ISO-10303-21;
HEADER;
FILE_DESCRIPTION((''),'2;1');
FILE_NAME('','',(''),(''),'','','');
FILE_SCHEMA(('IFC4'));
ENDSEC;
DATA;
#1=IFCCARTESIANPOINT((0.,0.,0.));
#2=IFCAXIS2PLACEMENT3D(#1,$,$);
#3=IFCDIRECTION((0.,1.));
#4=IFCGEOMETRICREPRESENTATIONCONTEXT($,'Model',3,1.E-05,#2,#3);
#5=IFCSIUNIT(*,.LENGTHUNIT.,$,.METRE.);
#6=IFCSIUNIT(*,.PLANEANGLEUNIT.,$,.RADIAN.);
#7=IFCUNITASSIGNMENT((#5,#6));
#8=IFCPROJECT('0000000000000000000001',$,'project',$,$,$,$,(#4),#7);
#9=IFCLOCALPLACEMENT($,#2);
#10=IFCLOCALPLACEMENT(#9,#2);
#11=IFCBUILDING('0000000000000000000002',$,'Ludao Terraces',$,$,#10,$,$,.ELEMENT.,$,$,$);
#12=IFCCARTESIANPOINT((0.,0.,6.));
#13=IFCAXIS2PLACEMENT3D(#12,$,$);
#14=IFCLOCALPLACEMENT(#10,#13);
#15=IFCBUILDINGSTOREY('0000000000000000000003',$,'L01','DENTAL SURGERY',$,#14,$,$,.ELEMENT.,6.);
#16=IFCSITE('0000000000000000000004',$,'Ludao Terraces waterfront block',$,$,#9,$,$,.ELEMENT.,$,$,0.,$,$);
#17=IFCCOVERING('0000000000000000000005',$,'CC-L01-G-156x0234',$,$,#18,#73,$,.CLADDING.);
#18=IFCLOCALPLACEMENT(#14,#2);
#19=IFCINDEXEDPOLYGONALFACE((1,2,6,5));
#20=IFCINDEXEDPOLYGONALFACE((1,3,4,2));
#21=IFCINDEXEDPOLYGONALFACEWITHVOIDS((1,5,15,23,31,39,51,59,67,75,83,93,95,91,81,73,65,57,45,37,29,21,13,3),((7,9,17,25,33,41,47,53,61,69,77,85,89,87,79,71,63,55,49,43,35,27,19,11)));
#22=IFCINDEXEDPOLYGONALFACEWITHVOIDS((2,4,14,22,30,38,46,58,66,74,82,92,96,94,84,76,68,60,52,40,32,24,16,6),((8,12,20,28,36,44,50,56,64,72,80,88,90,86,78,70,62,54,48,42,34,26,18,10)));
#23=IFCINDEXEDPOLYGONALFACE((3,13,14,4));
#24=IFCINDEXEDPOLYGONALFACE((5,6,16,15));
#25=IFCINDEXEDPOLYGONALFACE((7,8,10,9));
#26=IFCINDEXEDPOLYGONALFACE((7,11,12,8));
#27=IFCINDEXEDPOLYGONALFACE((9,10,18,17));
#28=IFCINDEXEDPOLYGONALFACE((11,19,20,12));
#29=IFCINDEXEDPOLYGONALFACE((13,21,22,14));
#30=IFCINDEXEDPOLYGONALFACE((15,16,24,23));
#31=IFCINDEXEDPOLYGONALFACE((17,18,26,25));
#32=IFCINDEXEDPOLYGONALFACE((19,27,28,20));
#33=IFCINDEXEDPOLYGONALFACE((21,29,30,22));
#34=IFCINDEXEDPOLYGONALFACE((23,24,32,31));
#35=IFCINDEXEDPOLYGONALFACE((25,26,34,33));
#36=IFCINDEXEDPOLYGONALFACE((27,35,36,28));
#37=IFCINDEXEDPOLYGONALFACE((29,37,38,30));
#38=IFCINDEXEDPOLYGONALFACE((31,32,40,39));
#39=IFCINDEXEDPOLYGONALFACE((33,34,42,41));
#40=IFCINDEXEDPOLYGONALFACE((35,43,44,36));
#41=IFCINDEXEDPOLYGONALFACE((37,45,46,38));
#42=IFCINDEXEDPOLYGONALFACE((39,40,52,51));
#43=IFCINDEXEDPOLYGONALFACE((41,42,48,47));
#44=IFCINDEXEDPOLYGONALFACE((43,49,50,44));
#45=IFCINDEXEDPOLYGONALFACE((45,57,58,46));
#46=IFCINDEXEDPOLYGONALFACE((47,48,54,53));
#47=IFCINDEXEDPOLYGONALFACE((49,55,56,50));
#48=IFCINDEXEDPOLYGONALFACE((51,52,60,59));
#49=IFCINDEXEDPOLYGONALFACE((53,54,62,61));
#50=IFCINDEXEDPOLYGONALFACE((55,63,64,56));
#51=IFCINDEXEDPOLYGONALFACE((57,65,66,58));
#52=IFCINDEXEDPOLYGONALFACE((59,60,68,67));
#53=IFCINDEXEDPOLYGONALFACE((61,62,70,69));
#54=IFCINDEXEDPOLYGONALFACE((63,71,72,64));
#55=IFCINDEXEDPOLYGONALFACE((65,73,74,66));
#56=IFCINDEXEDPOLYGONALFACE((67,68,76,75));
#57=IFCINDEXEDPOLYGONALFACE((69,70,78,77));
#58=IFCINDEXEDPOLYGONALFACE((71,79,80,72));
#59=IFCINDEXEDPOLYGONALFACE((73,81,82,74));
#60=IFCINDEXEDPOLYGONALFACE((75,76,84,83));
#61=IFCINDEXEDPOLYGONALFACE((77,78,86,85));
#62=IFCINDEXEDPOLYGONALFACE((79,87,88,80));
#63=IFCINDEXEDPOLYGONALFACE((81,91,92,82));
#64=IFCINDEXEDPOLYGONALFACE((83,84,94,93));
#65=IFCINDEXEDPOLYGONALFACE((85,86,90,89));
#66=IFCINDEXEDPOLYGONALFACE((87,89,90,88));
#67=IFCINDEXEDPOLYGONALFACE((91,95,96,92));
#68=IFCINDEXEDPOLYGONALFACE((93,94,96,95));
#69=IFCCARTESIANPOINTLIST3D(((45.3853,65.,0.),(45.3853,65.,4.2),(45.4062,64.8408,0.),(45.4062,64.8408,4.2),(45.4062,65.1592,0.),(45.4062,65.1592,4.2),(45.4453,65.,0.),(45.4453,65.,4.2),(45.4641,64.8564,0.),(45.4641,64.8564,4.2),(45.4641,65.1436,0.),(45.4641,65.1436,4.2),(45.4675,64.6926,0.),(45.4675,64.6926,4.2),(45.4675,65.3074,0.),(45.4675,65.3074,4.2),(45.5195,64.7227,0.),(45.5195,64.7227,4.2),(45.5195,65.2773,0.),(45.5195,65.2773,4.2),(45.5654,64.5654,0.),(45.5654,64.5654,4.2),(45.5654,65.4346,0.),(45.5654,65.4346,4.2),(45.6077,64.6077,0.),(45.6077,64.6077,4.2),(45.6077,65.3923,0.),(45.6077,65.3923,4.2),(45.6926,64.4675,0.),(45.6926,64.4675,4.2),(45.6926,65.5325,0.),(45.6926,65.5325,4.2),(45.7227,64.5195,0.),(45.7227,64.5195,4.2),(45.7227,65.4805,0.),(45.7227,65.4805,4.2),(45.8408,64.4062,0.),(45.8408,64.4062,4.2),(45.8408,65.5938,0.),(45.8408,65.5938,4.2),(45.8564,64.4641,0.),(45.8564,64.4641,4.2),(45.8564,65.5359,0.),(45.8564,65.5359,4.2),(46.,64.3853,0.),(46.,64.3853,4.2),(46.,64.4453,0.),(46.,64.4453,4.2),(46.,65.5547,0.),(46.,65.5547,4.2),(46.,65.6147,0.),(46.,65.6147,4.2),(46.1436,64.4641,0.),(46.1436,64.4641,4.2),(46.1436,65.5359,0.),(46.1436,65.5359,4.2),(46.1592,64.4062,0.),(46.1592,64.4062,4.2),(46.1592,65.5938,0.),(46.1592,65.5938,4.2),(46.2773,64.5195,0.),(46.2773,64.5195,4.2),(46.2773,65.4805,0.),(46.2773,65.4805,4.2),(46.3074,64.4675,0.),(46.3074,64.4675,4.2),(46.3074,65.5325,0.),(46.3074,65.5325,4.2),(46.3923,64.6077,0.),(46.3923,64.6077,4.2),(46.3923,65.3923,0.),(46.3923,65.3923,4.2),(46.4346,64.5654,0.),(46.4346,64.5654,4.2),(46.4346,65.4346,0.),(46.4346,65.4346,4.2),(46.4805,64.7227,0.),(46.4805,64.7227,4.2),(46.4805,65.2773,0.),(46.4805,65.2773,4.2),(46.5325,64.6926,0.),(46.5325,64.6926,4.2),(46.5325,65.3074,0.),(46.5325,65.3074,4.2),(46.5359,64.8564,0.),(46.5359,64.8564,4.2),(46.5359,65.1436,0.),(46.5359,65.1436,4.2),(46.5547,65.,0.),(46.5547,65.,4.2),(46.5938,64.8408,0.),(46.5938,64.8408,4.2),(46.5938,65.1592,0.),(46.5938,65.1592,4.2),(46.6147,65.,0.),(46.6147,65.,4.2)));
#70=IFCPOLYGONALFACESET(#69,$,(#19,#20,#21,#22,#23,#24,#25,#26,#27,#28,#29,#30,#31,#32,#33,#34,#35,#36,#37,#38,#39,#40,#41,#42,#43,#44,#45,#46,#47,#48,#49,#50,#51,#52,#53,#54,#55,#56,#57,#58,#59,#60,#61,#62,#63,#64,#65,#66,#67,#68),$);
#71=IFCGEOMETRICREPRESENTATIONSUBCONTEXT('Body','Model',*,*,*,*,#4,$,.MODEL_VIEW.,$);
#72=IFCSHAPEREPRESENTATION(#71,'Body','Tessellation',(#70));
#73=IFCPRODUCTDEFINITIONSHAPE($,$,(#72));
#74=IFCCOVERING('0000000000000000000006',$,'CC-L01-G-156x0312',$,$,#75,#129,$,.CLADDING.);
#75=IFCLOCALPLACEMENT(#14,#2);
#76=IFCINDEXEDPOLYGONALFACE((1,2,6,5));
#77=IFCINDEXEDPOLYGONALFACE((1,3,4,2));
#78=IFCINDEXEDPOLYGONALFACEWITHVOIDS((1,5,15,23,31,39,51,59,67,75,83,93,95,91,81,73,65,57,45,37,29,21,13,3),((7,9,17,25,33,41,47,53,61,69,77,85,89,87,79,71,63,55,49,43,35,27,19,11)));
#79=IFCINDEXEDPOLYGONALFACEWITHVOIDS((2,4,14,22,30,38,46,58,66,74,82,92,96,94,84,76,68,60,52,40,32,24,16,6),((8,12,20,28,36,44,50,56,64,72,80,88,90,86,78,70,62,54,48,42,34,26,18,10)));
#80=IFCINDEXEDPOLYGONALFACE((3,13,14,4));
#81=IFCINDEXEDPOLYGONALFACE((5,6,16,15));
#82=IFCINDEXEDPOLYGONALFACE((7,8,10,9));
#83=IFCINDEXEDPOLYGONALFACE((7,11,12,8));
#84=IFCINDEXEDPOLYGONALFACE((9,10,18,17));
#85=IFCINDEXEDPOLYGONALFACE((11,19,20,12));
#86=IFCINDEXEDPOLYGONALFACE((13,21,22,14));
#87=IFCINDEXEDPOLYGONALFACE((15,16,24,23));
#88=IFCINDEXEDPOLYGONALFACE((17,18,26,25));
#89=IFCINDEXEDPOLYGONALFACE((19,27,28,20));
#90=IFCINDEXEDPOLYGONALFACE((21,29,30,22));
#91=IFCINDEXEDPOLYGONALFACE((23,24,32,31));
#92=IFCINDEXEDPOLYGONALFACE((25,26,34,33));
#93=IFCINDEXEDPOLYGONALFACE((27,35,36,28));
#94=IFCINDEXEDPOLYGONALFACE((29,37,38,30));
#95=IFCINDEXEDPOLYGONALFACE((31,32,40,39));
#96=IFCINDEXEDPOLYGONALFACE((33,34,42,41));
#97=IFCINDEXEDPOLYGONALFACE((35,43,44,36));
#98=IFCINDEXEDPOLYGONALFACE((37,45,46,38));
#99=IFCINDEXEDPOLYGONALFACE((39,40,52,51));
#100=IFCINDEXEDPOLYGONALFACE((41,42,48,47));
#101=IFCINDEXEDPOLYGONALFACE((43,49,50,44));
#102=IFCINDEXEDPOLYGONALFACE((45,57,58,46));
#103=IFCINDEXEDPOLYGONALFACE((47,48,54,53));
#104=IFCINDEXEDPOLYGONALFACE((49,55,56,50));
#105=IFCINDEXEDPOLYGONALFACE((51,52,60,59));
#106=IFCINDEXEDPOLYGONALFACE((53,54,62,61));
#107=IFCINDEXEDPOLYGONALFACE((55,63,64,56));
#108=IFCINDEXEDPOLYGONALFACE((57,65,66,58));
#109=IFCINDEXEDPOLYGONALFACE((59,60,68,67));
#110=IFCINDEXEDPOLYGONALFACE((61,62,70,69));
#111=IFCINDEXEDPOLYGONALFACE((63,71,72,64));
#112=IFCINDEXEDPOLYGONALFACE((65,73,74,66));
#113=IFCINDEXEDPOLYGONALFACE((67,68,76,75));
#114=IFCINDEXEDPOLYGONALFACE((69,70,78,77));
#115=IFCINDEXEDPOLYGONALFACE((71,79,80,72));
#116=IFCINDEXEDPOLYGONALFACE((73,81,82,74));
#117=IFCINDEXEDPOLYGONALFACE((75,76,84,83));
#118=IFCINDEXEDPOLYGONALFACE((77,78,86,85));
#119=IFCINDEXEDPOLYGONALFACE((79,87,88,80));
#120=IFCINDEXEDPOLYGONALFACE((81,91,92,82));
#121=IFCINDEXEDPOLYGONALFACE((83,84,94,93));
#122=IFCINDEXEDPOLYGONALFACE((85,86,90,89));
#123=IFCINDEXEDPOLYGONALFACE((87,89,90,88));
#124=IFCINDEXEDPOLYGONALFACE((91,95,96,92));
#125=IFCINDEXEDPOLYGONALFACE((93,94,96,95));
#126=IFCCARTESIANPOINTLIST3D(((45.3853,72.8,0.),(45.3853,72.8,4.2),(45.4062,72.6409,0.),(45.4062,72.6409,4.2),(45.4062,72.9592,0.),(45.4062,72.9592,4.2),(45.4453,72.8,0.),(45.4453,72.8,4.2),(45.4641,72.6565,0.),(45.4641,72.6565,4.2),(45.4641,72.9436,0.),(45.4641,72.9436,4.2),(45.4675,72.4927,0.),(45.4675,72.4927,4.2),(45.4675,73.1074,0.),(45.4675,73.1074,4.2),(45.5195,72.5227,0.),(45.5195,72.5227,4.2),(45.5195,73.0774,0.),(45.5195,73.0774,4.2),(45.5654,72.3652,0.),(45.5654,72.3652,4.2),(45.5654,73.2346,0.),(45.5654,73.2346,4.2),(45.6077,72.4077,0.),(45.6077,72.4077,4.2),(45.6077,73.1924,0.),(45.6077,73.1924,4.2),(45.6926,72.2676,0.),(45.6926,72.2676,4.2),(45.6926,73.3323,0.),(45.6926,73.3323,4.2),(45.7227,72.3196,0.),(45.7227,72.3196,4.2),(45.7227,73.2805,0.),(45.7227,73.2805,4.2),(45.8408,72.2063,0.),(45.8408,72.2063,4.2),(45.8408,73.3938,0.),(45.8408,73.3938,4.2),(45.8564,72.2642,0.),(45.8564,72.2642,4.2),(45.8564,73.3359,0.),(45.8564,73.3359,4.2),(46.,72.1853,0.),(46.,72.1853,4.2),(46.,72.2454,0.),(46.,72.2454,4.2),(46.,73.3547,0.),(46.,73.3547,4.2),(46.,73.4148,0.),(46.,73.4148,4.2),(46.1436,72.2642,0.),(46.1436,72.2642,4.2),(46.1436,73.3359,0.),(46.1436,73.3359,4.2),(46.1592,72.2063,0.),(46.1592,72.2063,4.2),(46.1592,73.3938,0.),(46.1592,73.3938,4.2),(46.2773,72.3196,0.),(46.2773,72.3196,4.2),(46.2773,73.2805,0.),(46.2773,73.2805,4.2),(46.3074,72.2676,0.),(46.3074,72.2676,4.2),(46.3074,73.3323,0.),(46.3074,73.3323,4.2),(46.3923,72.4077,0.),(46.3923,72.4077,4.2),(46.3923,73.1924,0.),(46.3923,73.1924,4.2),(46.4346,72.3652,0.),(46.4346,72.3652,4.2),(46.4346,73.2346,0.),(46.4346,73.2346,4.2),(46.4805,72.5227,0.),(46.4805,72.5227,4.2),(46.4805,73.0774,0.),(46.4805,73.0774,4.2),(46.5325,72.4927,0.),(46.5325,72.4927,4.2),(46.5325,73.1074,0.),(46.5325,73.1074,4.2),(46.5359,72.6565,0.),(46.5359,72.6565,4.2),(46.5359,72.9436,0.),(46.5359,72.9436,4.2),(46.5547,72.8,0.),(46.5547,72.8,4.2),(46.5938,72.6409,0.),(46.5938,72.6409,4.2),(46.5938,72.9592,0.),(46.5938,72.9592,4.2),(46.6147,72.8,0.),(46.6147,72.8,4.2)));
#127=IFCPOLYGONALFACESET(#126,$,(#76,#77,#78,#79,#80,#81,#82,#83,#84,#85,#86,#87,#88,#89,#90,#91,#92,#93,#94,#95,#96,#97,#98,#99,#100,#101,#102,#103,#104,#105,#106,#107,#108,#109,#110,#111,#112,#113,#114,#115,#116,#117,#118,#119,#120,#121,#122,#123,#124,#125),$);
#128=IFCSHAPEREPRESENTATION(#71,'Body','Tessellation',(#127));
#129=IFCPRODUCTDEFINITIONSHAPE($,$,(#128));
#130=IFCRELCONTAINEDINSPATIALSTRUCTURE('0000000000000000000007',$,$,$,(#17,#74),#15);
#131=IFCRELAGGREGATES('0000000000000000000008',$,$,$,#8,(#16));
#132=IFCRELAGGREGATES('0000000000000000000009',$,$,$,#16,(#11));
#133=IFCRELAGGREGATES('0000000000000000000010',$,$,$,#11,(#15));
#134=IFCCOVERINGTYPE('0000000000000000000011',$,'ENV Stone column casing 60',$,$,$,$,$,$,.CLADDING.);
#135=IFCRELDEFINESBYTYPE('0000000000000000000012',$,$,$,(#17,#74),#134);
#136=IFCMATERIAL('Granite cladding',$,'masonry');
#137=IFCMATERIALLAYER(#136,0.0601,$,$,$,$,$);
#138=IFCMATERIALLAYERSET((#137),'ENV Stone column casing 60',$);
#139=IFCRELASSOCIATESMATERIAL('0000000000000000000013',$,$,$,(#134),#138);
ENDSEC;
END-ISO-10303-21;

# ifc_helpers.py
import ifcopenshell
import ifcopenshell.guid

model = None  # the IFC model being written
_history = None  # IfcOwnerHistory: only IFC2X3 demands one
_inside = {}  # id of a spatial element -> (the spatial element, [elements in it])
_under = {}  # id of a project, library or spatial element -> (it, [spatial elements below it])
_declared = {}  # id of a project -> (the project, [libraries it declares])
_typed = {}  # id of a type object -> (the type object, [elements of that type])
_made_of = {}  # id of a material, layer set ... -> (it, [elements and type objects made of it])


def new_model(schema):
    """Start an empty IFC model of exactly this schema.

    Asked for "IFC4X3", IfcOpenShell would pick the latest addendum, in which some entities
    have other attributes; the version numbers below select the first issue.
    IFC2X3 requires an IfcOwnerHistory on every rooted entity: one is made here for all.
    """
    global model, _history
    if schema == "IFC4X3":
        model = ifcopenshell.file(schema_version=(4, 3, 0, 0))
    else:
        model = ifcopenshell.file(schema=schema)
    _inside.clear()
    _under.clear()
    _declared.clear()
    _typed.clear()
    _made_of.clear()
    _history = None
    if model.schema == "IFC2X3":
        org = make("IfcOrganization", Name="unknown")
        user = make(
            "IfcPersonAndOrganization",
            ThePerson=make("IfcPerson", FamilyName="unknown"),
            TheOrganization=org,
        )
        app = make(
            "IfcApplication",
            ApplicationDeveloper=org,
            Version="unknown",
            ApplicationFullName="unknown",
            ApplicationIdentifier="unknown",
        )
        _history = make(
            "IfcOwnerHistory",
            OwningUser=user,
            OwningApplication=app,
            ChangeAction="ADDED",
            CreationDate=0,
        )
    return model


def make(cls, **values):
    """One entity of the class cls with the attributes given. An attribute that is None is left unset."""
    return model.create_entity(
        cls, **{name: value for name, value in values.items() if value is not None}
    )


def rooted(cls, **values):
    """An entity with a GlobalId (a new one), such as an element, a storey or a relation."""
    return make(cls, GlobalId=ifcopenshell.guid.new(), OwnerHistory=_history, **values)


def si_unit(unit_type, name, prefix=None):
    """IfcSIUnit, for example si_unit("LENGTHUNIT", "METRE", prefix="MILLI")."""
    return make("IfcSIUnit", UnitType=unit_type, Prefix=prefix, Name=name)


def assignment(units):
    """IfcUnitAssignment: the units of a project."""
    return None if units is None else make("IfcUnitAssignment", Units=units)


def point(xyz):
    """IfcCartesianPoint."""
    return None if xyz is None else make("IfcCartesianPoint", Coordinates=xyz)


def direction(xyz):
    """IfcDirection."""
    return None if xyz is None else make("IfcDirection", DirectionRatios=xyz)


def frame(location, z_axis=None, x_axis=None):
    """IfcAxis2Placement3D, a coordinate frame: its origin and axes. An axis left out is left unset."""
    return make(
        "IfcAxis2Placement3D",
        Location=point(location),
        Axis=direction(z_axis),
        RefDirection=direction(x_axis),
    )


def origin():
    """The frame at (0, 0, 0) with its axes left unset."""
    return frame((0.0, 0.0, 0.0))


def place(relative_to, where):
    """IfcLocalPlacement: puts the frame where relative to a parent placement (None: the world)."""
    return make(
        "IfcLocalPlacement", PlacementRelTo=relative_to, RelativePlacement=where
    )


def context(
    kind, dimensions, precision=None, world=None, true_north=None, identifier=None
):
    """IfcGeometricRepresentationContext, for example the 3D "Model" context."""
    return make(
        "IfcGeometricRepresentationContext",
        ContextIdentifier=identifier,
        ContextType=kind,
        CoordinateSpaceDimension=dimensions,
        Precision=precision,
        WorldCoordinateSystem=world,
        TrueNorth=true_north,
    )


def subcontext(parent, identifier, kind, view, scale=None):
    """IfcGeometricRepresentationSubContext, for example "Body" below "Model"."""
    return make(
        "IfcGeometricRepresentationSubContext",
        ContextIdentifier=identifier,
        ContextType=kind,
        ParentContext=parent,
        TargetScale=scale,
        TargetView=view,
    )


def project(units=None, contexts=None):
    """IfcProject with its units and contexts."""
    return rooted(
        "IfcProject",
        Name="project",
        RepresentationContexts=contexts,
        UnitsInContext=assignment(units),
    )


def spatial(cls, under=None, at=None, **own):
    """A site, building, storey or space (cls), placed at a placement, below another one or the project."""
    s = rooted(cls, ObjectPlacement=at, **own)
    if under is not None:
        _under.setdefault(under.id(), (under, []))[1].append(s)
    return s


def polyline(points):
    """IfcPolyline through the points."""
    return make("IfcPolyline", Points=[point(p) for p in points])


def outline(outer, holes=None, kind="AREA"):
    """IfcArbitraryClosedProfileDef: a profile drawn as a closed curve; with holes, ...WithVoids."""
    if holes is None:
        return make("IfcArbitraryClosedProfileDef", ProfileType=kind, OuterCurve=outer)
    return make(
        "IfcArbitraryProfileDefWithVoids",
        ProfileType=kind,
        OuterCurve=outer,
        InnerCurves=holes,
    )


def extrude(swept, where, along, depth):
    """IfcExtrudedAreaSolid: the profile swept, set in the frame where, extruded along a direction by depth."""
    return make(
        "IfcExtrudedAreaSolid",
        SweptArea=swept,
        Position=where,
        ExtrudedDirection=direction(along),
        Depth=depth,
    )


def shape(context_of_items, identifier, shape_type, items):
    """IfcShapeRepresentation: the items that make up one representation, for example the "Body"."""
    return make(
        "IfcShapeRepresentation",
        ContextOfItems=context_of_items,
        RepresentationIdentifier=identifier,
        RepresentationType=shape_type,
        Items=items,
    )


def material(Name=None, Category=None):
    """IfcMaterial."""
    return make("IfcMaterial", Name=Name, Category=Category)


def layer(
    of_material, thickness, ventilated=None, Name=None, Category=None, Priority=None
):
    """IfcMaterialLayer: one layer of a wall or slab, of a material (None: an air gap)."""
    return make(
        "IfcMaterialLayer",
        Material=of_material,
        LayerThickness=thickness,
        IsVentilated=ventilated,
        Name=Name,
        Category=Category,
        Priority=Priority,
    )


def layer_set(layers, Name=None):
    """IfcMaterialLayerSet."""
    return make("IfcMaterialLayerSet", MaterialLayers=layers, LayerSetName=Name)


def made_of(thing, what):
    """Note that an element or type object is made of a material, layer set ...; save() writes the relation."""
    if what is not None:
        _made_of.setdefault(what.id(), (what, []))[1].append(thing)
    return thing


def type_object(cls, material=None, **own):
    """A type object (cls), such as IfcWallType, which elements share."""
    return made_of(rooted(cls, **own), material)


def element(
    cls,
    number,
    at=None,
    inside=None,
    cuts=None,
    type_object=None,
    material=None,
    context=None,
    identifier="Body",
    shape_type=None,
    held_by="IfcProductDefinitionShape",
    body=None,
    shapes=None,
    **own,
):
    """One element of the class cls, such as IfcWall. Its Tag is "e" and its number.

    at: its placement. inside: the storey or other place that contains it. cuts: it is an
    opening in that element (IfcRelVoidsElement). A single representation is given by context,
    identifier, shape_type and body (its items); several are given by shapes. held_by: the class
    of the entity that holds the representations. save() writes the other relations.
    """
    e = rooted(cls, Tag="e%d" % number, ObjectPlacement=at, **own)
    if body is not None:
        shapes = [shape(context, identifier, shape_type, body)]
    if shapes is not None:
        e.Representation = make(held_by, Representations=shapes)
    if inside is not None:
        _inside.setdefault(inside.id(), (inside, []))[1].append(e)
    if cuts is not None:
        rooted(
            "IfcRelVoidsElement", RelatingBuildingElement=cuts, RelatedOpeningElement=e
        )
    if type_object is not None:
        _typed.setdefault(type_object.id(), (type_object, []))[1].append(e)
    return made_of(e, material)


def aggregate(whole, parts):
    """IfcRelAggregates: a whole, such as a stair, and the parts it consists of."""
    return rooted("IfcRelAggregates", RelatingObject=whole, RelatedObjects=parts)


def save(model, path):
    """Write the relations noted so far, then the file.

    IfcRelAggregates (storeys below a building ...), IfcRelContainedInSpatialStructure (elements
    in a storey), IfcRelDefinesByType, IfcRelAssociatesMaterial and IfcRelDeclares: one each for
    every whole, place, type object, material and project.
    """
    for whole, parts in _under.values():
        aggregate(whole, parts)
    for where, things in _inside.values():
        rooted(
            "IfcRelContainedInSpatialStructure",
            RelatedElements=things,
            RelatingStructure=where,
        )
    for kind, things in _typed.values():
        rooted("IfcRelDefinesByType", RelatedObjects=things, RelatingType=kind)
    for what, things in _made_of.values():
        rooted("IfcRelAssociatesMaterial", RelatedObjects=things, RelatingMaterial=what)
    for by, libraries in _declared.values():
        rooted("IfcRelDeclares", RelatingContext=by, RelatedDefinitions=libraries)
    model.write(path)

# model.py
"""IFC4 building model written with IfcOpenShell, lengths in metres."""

from ifc_helpers import new_model, si_unit, direction, frame, origin, place, context, subcontext, project, spatial, polyline, outline, extrude, material, layer, layer_set, type_object, element, save


model = new_model("IFC4")

# Units and contexts
model_context = context("Model", 3, precision=1e-05, world=origin(), true_north=direction((0.0, 1.0)))
body_context = subcontext(model_context, "Body", "Model", "MODEL_VIEW")
ifc_project = project(units=[si_unit("LENGTHUNIT", "METRE"), si_unit("PLANEANGLEUNIT", "RADIAN")], contexts=[model_context])

# Site, building, storey
site_placement = place(None, origin())
site = spatial("IfcSite", under=ifc_project, at=site_placement, Name="Ludao Terraces waterfront block", CompositionType="ELEMENT", RefElevation=0.0)
building_placement = place(site_placement, origin())
building = spatial("IfcBuilding", under=site, at=building_placement, Name="Ludao Terraces", CompositionType="ELEMENT")
storey_placement = place(building_placement, frame((0.0, 0.0, 6.0)))
storey = spatial("IfcBuildingStorey", under=building, at=storey_placement, Name="L01", Description="DENTAL SURGERY", CompositionType="ELEMENT", Elevation=6.0)

# Coverings
ifc_material_1 = material(Name="Granite cladding", Category="masonry")
ifc_layer_1 = layer(ifc_material_1, 0.0601)
ifc_layer_set_1 = layer_set([ifc_layer_1], Name="ENV Stone column casing 60")
covering_type = type_object("IfcCoveringType", Name="ENV Stone column casing 60", PredefinedType="CLADDING", material=ifc_layer_set_1)
covering_1_placement = place(storey_placement, origin())
element("IfcCovering", 1, at=covering_1_placement, inside=storey, type_object=covering_type, Name="CC-L01-G-156x0234", PredefinedType="CLADDING", context=body_context, shape_type="SweptSolid", body=[
    extrude(outline(polyline([(46.6147, 65.0), (46.5938, 65.1592), (46.5325, 65.3074), (46.4346, 65.4346), (46.3074, 65.5325), (46.1592, 65.5938), (46.0, 65.6147), (45.8408, 65.5938), (45.6926, 65.5325), (45.5654, 65.4346), (45.4675, 65.3074), (45.4062, 65.1592), (45.3853, 65.0), (45.4062, 64.8408), (45.4675, 64.6926), (45.5654, 64.5654), (45.6926, 64.4675), (45.8408, 64.4062), (46.0, 64.3853), (46.1592, 64.4062), (46.3074, 64.4675), (46.4346, 64.5654), (46.5325, 64.6926), (46.5938, 64.8408), (46.6147, 65.0)]), holes=[polyline([(46.5359, 64.8564), (46.4805, 64.7227), (46.3923, 64.6077), (46.2773, 64.5195), (46.1436, 64.4641), (46.0, 64.4453), (45.8564, 64.4641), (45.7227, 64.5195), (45.6077, 64.6077), (45.5195, 64.7227), (45.4641, 64.8564), (45.4453, 65.0), (45.4641, 65.1436), (45.5195, 65.2773), (45.6077, 65.3923), (45.7227, 65.4805), (45.8564, 65.5359), (46.0, 65.5547), (46.1436, 65.5359), (46.2773, 65.4805), (46.3923, 65.3923), (46.4805, 65.2773), (46.5359, 65.1436), (46.5547, 65.0), (46.5359, 64.8564)])]), origin(), (0.0, 0.0, 1.0), 4.2),
])
covering_2_placement = place(storey_placement, origin())
element("IfcCovering", 2, at=covering_2_placement, inside=storey, type_object=covering_type, Name="CC-L01-G-156x0312", PredefinedType="CLADDING", context=body_context, shape_type="SweptSolid", body=[
    extrude(outline(polyline([(46.6147, 72.8), (46.5938, 72.9592), (46.5325, 73.1074), (46.4346, 73.2346), (46.3074, 73.3323), (46.1592, 73.3938), (46.0, 73.4148), (45.8408, 73.3938), (45.6926, 73.3323), (45.5654, 73.2346), (45.4675, 73.1074), (45.4062, 72.9592), (45.3853, 72.8), (45.4062, 72.6409), (45.4675, 72.4927), (45.5654, 72.3652), (45.6926, 72.2676), (45.8408, 72.2063), (46.0, 72.1853), (46.1592, 72.2063), (46.3074, 72.2676), (46.4346, 72.3652), (46.5325, 72.4927), (46.5938, 72.6409), (46.6147, 72.8)]), holes=[polyline([(46.5359, 72.6565), (46.4805, 72.5227), (46.3923, 72.4077), (46.2773, 72.3196), (46.1436, 72.2642), (46.0, 72.2454), (45.8564, 72.2642), (45.7227, 72.3196), (45.6077, 72.4077), (45.5195, 72.5227), (45.4641, 72.6565), (45.4453, 72.8), (45.4641, 72.9436), (45.5195, 73.0774), (45.6077, 73.1924), (45.7227, 73.2805), (45.8564, 73.3359), (46.0, 73.3547), (46.1436, 73.3359), (46.2773, 73.2805), (46.3923, 73.1924), (46.4805, 73.0774), (46.5359, 72.9436), (46.5547, 72.8), (46.5359, 72.6565)])]), origin(), (0.0, 0.0, 1.0), 4.2),
])

save(model, "model.ifc")
